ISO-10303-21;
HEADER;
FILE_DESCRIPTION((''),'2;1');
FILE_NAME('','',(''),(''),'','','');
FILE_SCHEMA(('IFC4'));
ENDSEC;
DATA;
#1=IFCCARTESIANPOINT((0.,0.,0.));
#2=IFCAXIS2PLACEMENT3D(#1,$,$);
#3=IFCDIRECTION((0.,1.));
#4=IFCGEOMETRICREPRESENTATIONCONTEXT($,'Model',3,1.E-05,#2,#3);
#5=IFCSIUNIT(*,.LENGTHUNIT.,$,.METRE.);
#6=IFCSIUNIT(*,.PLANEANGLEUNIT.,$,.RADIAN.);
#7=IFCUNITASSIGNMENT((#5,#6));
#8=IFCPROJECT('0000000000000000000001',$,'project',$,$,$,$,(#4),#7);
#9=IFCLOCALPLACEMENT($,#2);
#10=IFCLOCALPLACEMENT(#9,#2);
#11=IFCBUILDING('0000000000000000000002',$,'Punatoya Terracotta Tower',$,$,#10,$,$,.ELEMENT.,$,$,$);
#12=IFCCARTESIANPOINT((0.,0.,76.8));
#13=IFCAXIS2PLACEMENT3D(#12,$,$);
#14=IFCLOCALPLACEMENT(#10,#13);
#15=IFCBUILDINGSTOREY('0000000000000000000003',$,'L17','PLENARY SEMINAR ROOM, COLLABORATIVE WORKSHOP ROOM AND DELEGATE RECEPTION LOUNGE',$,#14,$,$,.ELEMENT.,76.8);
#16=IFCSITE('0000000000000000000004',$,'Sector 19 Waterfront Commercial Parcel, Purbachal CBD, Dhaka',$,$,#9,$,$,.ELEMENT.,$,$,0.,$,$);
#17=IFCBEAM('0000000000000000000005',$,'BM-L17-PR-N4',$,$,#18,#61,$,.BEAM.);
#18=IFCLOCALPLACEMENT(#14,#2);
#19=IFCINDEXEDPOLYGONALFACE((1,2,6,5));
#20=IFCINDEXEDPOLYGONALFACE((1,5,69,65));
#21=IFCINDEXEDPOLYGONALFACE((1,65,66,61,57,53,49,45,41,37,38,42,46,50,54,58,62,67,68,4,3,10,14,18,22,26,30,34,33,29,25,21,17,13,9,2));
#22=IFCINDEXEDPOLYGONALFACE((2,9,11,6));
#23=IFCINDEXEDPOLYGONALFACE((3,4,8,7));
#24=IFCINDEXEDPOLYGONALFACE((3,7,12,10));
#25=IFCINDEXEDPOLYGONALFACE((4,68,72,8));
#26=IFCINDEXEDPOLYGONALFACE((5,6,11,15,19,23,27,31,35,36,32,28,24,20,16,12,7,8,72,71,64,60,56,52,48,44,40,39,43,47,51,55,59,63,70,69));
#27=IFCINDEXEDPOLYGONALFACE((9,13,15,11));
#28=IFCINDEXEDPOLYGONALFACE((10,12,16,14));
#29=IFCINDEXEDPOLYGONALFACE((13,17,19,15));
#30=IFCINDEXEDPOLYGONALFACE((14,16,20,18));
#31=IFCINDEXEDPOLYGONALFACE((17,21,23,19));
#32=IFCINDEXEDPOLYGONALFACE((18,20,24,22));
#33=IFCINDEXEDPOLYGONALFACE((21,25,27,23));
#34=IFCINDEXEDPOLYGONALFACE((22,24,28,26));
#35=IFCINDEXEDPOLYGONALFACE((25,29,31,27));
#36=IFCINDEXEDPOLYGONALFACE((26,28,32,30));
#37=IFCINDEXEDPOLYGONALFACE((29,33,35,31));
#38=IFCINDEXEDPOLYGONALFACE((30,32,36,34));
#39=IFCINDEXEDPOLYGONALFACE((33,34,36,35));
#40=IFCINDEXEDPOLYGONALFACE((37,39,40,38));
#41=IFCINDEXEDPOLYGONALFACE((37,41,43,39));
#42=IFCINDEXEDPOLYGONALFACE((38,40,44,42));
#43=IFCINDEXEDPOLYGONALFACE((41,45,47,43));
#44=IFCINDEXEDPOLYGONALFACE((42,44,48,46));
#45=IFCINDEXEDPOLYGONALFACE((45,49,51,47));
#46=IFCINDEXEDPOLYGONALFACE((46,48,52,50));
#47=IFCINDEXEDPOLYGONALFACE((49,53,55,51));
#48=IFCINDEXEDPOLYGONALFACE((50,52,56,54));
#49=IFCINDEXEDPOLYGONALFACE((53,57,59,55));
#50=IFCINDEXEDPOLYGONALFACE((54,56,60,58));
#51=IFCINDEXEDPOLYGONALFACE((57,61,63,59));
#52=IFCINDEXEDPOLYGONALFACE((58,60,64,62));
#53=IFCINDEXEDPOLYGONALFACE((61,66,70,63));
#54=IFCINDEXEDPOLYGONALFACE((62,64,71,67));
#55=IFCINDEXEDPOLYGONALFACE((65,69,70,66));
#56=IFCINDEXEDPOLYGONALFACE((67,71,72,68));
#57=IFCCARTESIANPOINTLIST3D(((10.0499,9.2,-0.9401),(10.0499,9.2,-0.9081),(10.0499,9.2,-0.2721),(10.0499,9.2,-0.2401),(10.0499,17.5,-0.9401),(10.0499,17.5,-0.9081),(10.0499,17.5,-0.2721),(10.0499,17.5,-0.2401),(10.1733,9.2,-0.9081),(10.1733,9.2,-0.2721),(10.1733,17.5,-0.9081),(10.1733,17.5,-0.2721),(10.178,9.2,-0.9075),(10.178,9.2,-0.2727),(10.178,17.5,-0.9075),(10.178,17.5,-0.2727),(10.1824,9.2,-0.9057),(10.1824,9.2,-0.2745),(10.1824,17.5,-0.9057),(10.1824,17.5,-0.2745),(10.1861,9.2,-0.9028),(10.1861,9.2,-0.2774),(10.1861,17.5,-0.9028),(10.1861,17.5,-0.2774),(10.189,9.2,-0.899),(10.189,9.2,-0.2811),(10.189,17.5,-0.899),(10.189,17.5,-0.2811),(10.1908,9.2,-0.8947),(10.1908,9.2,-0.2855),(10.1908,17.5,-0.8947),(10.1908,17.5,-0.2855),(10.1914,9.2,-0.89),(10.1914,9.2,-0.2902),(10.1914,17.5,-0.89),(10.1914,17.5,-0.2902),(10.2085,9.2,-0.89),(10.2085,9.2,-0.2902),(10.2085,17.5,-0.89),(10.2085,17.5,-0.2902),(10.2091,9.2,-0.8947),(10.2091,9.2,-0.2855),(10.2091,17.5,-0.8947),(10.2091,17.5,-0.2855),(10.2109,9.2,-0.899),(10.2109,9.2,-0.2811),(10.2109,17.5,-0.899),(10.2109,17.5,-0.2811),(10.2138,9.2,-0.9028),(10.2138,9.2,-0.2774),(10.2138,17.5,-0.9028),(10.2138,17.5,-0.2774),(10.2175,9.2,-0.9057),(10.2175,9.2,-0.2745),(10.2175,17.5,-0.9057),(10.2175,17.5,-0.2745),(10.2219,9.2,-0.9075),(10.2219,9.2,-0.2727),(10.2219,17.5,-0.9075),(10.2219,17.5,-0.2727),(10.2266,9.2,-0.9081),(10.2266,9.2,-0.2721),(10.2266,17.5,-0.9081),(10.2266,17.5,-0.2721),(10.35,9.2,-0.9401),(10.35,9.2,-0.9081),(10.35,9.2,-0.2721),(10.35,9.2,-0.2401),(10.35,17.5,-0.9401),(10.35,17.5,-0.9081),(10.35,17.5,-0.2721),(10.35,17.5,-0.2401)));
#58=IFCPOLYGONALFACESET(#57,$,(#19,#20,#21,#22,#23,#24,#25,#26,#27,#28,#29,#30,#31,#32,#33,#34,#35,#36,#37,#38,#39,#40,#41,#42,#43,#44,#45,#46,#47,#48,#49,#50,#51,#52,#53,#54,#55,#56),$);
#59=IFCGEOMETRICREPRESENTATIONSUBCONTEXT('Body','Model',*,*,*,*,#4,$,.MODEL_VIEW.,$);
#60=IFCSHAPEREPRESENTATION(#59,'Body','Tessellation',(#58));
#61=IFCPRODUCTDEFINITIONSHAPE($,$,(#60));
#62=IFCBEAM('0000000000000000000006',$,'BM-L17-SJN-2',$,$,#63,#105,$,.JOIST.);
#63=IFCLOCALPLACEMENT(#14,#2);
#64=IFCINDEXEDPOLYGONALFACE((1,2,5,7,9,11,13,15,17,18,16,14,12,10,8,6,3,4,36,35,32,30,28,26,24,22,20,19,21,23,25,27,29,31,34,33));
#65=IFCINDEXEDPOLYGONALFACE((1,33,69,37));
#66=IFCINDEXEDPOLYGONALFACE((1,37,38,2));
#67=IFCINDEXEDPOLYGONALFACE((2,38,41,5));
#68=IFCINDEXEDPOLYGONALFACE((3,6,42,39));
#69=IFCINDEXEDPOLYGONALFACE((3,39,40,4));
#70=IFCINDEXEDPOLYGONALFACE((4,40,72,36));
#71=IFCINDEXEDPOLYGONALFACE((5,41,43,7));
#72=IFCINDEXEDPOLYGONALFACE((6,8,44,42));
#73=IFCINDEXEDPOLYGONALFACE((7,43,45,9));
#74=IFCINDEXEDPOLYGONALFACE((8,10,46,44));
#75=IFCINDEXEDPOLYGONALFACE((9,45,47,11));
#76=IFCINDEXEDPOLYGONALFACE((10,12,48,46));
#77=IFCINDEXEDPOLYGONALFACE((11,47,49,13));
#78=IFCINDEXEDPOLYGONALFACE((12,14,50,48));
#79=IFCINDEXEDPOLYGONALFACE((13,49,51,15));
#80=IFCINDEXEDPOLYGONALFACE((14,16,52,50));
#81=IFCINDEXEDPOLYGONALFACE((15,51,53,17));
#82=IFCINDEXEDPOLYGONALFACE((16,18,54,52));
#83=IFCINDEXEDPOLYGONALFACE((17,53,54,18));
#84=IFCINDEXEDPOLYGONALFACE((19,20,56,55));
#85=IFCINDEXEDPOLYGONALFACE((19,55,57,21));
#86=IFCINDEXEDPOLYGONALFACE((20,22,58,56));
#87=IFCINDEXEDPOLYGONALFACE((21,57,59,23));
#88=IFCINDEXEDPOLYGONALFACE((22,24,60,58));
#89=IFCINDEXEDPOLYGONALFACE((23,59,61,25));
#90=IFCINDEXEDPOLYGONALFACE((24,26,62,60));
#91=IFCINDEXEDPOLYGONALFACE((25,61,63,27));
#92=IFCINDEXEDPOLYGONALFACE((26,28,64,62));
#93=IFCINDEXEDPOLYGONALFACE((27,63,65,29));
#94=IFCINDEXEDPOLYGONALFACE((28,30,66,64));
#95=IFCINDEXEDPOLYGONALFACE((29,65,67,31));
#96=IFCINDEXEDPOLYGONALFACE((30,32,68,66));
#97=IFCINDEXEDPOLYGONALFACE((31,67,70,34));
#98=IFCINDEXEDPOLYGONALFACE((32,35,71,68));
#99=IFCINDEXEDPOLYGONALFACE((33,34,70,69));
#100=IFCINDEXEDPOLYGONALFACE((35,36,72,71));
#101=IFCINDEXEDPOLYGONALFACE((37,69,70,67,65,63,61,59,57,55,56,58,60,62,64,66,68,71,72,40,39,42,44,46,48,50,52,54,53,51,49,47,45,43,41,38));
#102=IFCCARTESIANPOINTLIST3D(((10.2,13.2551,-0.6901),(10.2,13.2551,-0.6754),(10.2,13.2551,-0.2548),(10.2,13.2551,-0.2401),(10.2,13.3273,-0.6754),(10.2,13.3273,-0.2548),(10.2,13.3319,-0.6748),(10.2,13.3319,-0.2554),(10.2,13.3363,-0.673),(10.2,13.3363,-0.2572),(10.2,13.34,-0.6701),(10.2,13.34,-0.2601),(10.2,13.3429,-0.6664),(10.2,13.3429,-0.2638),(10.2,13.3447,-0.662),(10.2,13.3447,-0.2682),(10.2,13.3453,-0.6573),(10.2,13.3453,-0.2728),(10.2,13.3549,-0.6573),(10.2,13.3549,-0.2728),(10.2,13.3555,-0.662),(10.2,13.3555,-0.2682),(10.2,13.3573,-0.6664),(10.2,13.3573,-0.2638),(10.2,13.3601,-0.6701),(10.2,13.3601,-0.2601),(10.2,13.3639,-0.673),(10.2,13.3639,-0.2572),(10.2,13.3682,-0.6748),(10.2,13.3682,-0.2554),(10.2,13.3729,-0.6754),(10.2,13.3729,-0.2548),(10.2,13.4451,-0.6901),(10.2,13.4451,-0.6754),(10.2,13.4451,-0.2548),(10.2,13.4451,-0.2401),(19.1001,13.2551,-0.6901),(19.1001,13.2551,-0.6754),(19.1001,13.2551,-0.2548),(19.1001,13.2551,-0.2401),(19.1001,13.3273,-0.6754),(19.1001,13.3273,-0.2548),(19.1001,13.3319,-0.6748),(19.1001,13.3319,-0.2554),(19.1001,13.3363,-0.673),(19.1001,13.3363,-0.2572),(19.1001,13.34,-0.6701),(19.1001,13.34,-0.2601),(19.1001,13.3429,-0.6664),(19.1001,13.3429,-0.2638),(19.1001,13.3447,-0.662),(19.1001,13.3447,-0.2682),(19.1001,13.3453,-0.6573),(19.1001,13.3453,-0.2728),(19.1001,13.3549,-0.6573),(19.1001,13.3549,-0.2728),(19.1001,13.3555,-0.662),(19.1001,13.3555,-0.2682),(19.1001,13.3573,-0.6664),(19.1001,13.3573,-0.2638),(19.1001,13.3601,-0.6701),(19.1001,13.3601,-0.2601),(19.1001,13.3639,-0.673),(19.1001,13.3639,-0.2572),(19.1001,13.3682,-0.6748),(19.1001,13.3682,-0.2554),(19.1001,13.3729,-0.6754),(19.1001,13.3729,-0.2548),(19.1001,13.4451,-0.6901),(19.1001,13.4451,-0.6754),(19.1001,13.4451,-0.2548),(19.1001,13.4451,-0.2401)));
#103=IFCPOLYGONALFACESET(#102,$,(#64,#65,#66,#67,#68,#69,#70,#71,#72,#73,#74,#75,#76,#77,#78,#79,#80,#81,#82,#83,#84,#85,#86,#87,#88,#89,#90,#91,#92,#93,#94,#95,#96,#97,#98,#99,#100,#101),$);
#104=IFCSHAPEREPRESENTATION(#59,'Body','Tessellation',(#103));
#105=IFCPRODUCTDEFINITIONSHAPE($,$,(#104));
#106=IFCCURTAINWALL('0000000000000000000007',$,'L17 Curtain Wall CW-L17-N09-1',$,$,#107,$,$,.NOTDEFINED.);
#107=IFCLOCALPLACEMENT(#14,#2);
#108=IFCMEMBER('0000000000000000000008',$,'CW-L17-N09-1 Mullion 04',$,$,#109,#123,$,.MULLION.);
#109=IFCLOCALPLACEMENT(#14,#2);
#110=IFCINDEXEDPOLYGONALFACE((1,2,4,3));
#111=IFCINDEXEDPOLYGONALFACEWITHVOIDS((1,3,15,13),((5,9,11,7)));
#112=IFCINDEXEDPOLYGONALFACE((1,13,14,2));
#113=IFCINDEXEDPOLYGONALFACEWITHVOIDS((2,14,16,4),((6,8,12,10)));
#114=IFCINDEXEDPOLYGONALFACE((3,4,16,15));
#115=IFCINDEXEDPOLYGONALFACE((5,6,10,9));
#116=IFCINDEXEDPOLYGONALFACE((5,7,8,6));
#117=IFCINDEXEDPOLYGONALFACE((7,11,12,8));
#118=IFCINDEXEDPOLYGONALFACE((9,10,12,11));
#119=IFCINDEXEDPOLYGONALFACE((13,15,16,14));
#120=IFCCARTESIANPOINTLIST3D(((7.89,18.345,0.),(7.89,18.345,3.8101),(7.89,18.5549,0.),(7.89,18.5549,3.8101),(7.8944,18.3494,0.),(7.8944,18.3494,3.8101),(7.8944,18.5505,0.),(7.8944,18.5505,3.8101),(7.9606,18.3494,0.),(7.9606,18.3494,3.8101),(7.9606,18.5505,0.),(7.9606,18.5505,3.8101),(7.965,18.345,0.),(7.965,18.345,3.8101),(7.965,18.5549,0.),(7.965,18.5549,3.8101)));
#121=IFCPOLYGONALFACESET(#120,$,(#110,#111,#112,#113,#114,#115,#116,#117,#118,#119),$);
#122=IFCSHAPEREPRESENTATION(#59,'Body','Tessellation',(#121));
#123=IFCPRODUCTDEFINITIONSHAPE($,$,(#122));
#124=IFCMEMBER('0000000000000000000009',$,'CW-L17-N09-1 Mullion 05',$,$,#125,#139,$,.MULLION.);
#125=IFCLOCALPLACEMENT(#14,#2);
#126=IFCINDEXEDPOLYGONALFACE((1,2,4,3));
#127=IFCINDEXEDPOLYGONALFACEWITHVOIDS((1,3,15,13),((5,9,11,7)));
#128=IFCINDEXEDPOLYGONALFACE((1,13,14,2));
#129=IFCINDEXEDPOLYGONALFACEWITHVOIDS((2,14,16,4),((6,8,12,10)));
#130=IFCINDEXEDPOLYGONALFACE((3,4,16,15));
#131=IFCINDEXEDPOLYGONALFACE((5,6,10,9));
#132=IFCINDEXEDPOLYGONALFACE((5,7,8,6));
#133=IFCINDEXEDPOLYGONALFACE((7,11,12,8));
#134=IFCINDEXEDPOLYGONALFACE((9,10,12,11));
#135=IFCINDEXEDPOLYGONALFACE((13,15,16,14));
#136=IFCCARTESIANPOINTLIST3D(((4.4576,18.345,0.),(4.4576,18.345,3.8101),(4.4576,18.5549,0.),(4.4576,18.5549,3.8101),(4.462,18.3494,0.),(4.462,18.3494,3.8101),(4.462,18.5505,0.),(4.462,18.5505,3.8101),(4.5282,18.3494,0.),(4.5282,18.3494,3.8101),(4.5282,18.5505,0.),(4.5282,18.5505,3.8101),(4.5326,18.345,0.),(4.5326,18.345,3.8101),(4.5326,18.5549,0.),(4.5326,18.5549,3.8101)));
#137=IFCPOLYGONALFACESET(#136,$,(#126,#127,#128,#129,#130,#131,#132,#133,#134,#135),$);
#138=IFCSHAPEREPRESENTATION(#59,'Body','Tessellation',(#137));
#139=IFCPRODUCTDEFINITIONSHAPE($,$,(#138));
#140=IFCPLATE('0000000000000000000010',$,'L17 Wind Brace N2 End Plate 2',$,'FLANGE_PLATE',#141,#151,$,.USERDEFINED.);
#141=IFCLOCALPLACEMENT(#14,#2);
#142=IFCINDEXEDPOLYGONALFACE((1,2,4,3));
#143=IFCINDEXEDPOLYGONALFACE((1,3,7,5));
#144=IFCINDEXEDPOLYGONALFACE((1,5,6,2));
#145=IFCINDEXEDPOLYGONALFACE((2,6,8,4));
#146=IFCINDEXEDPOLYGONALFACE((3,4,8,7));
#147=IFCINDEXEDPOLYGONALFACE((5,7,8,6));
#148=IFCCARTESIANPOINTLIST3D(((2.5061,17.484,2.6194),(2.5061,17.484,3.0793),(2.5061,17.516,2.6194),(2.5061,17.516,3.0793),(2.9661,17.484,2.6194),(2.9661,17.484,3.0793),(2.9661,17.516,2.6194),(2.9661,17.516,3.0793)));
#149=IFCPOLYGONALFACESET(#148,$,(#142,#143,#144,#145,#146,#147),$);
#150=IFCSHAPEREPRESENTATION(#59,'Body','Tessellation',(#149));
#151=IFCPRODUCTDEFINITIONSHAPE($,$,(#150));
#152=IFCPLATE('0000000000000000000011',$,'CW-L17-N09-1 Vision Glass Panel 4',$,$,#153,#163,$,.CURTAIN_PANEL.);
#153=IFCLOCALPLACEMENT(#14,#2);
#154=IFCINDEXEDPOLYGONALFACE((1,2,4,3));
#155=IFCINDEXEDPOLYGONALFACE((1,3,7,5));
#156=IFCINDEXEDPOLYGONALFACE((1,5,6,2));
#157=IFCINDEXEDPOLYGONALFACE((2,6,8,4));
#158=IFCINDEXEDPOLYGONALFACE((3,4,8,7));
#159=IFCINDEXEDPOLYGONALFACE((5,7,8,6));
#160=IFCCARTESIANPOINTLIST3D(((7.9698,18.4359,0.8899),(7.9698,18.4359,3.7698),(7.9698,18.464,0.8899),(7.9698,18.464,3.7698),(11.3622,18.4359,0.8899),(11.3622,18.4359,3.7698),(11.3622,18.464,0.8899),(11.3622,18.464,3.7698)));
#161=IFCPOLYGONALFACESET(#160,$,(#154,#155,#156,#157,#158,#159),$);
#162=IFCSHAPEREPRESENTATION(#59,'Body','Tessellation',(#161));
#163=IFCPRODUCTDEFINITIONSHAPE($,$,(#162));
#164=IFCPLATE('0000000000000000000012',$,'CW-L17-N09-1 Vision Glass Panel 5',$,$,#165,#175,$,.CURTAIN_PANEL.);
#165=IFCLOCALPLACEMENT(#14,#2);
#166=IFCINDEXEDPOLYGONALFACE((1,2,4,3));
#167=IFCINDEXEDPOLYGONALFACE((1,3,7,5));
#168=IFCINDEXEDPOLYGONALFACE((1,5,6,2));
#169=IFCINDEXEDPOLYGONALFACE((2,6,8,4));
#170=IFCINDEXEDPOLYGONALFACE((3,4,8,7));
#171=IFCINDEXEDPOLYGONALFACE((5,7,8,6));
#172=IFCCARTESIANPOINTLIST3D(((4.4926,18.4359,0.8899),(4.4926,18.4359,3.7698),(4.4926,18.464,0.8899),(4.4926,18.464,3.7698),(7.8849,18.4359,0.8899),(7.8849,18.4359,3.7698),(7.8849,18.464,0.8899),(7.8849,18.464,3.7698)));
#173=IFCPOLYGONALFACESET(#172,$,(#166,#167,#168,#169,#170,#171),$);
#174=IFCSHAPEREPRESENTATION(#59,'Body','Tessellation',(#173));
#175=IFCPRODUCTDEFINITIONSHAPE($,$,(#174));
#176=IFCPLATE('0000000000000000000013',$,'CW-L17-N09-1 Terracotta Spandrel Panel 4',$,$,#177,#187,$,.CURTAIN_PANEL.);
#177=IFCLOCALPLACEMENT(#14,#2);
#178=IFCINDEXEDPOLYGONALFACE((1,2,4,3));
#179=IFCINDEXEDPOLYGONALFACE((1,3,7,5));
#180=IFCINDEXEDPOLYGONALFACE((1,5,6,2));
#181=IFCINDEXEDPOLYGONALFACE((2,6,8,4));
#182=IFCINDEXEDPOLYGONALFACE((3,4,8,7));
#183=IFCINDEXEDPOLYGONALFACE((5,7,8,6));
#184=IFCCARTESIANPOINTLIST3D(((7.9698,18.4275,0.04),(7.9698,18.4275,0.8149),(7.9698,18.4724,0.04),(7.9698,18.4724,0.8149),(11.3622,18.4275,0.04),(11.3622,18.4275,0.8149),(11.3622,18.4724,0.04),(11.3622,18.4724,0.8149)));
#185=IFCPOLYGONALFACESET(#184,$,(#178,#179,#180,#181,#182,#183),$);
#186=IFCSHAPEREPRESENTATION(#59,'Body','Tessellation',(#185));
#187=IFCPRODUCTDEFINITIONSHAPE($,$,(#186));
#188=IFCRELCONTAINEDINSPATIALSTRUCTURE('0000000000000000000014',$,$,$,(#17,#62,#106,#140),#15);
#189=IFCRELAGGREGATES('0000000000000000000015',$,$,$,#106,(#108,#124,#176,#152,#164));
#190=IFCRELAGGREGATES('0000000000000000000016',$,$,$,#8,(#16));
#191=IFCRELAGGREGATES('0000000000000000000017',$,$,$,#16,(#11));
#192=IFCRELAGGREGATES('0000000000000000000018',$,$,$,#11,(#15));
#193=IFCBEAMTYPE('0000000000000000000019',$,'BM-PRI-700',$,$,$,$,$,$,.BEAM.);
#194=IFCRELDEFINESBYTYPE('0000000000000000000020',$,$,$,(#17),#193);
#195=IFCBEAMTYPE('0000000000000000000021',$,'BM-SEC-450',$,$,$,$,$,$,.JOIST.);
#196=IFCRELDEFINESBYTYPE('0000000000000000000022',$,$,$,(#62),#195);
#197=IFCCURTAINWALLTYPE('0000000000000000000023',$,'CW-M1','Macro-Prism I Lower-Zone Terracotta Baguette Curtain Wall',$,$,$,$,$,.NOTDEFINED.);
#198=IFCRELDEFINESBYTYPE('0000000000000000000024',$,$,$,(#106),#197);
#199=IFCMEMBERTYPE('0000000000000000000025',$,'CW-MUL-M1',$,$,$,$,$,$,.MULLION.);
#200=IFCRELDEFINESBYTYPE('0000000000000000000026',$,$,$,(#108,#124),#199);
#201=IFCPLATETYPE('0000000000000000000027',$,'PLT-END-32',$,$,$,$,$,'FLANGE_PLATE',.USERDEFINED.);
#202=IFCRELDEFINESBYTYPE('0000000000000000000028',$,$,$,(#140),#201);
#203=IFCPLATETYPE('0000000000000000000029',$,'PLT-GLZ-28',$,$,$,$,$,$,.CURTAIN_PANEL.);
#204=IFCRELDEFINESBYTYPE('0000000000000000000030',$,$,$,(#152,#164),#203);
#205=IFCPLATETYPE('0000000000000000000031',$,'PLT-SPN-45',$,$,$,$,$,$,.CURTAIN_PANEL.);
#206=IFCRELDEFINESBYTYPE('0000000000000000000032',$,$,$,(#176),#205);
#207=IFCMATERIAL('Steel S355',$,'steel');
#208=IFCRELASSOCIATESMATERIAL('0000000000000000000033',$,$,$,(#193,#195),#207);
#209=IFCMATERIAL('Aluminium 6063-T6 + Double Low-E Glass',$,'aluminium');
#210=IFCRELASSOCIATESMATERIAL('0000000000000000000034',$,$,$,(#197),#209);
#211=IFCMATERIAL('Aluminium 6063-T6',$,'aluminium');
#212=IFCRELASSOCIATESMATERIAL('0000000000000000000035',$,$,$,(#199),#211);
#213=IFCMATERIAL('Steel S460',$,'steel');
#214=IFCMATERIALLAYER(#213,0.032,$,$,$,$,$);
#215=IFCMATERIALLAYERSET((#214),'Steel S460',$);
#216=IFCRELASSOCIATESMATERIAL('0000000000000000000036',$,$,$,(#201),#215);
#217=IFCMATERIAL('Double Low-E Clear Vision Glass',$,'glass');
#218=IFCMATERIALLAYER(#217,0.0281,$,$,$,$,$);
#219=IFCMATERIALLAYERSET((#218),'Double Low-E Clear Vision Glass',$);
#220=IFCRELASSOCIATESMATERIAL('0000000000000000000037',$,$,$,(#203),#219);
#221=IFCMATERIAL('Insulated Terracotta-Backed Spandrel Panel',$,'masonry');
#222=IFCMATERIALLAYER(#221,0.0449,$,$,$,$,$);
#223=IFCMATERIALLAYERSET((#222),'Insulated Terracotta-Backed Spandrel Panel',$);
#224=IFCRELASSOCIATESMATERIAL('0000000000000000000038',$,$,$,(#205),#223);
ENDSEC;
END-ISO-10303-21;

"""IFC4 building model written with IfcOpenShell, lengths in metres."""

from ifc_helpers import new_model, si_unit, direction, frame, origin, origin_2d, place, context, subcontext, project, spatial, rectangle, hollow_rectangle, i_section, extrude, material, layer, layer_set, material_profile, profile_set, type_object, element, aggregate, save


model = new_model("IFC4")

# Units and contexts
model_context = context("Model", 3, precision=1e-05, world=origin(), true_north=direction((0.0, 1.0)))
body_context = subcontext(model_context, "Body", "Model", "MODEL_VIEW")
ifc_project = project(units=[si_unit("LENGTHUNIT", "METRE"), si_unit("PLANEANGLEUNIT", "RADIAN")], contexts=[model_context])

# Site, building, storey
site_placement = place(None, origin())
site = spatial("IfcSite", under=ifc_project, at=site_placement, Name="Sector 19 Waterfront Commercial Parcel, Purbachal CBD, Dhaka", CompositionType="ELEMENT", RefElevation=0.0)
building_placement = place(site_placement, origin())
building = spatial("IfcBuilding", under=site, at=building_placement, Name="Punatoya Terracotta Tower", CompositionType="ELEMENT")
storey_placement = place(building_placement, frame((0.0, 0.0, 76.8)))
storey = spatial("IfcBuildingStorey", under=building, at=storey_placement, Name="L17", Description="PLENARY SEMINAR ROOM, COLLABORATIVE WORKSHOP ROOM AND DELEGATE RECEPTION LOUNGE", CompositionType="ELEMENT", Elevation=76.8)

# Shared definitions
ifc_material_1 = material(Name="Steel S460", Category="steel")

# Beams
ifc_material_2 = material(Name="Steel S355", Category="steel")
ifc_material_profile_1 = material_profile(ifc_material_2, i_section(OverallWidth=0.3, OverallDepth=0.7, WebThickness=0.0171, FlangeThickness=0.032, FilletRadius=0.0181, at=origin_2d()))
ifc_profile_set_1 = profile_set([ifc_material_profile_1], Name="Steel S355")
beam_type_1 = type_object("IfcBeamType", Name="BM-PRI-700", PredefinedType="BEAM", material=ifc_profile_set_1)
for number, where, z_axis, x_axis, name in (
    (1, (10.2, 9.2, -0.5901), (0.0, 1.0, 0.0), (-1.0, 0.0, 0.0), "BM-L17-PR-N4"),
):
    element("IfcBeam", number, at=place(storey_placement, frame(where, z_axis=z_axis, x_axis=x_axis)), inside=storey, type_object=beam_type_1, Name=name, PredefinedType="BEAM", context=body_context, shape_type="SweptSolid", body=[
        extrude(i_section(OverallWidth=0.3, OverallDepth=0.7, WebThickness=0.0171, FlangeThickness=0.032, FilletRadius=0.0181, at=origin_2d()), origin(), (0.0, 0.0, 1.0), 8.3),
    ])
ifc_material_profile_2 = material_profile(ifc_material_2, i_section(OverallWidth=0.1899, OverallDepth=0.45, WebThickness=0.0095, FlangeThickness=0.0146, FilletRadius=0.0181, at=origin_2d()))
ifc_profile_set_2 = profile_set([ifc_material_profile_2], Name="Steel S355")
beam_type_2 = type_object("IfcBeamType", Name="BM-SEC-450", PredefinedType="JOIST", material=ifc_profile_set_2)
beam_1_placement = place(storey_placement, frame((10.2, 13.3501, -0.4651), z_axis=(1.0, 0.0, 0.0), x_axis=(0.0, 1.0, 0.0)))
element("IfcBeam", 2, at=beam_1_placement, inside=storey, type_object=beam_type_2, Name="BM-L17-SJN-2", PredefinedType="JOIST", context=body_context, shape_type="SweptSolid", body=[
    extrude(i_section(OverallWidth=0.1899, OverallDepth=0.45, WebThickness=0.0095, FlangeThickness=0.0146, FilletRadius=0.0181, at=origin_2d()), origin(), (0.0, 0.0, 1.0), 8.9001),
])

# Curtain wall, members
ifc_material_3 = material(Name="Aluminium 6063-T6 + Double Low-E Glass", Category="aluminium")
curtain_wall_type = type_object("IfcCurtainWallType", Name="CW-M1", Description="Macro-Prism I Lower-Zone Terracotta Baguette Curtain Wall", PredefinedType="NOTDEFINED", material=ifc_material_3)
curtain_wall_placement = place(storey_placement, origin())
curtain_wall = element("IfcCurtainWall", 3, at=curtain_wall_placement, inside=storey, type_object=curtain_wall_type, Name="L17 Curtain Wall CW-L17-N09-1", PredefinedType="NOTDEFINED")
ifc_material_4 = material(Name="Aluminium 6063-T6", Category="aluminium")
ifc_material_profile_3 = material_profile(ifc_material_4, hollow_rectangle(XDim=0.075, YDim=0.21, WallThickness=0.0044, at=origin_2d()))
ifc_profile_set_3 = profile_set([ifc_material_profile_3], Name="Aluminium 6063-T6")
member_type = type_object("IfcMemberType", Name="CW-MUL-M1", PredefinedType="MULLION", material=ifc_profile_set_3)
member_1_placement = place(storey_placement, frame((7.9275, 18.45, 0.0), z_axis=(0.0, 0.0, 1.0), x_axis=(1.0, 0.0, 0.0)))
member_1 = element("IfcMember", 4, at=member_1_placement, type_object=member_type, Name="CW-L17-N09-1 Mullion 04", PredefinedType="MULLION", context=body_context, shape_type="SweptSolid", body=[
    extrude(hollow_rectangle(XDim=0.075, YDim=0.21, WallThickness=0.0044, at=origin_2d()), origin(), (0.0, 0.0, 1.0), 3.8101),
])
member_2_placement = place(storey_placement, frame((4.4951, 18.45, 0.0), z_axis=(0.0, 0.0, 1.0), x_axis=(1.0, 0.0, 0.0)))
member_2 = element("IfcMember", 5, at=member_2_placement, type_object=member_type, Name="CW-L17-N09-1 Mullion 05", PredefinedType="MULLION", context=body_context, shape_type="SweptSolid", body=[
    extrude(hollow_rectangle(XDim=0.075, YDim=0.21, WallThickness=0.0044, at=origin_2d()), origin(), (0.0, 0.0, 1.0), 3.8101),
])

# Plates
ifc_layer_1 = layer(ifc_material_1, 0.032)
ifc_layer_set_1 = layer_set([ifc_layer_1], Name="Steel S460")
plate_type_1 = type_object("IfcPlateType", Name="PLT-END-32", ElementType="FLANGE_PLATE", PredefinedType="USERDEFINED", material=ifc_layer_set_1)
plate_1_placement = place(storey_placement, frame((2.7361, 17.5, 2.6194), z_axis=(0.0, 0.0, 1.0), x_axis=(1.0, 0.0, 0.0)))
element("IfcPlate", 6, at=plate_1_placement, inside=storey, type_object=plate_type_1, Name="L17 Wind Brace N2 End Plate 2", ObjectType="FLANGE_PLATE", PredefinedType="USERDEFINED", context=body_context, shape_type="SweptSolid", body=[
    extrude(rectangle(XDim=0.46, YDim=0.032, at=origin_2d()), origin(), (0.0, 0.0, 1.0), 0.46),
])
ifc_material_5 = material(Name="Double Low-E Clear Vision Glass", Category="glass")
ifc_layer_2 = layer(ifc_material_5, 0.0281)
ifc_layer_set_2 = layer_set([ifc_layer_2], Name="Double Low-E Clear Vision Glass")
plate_type_2 = type_object("IfcPlateType", Name="PLT-GLZ-28", PredefinedType="CURTAIN_PANEL", material=ifc_layer_set_2)
plate_2_placement = place(storey_placement, frame((9.666, 18.45, 0.8899), z_axis=(0.0, 0.0, 1.0), x_axis=(-1.0, 0.0, 0.0)))
plate_2 = element("IfcPlate", 7, at=plate_2_placement, type_object=plate_type_2, Name="CW-L17-N09-1 Vision Glass Panel 4", PredefinedType="CURTAIN_PANEL", context=body_context, shape_type="SweptSolid", body=[
    extrude(rectangle(XDim=3.3923, YDim=0.0281, at=origin_2d()), origin(), (0.0, 0.0, 1.0), 2.8799),
])
plate_3_placement = place(storey_placement, frame((6.1887, 18.45, 0.8899), z_axis=(0.0, 0.0, 1.0), x_axis=(-1.0, 0.0, 0.0)))
plate_3 = element("IfcPlate", 8, at=plate_3_placement, type_object=plate_type_2, Name="CW-L17-N09-1 Vision Glass Panel 5", PredefinedType="CURTAIN_PANEL", context=body_context, shape_type="SweptSolid", body=[
    extrude(rectangle(XDim=3.3923, YDim=0.0281, at=origin_2d()), origin(), (0.0, 0.0, 1.0), 2.8799),
])
ifc_material_6 = material(Name="Insulated Terracotta-Backed Spandrel Panel", Category="masonry")
ifc_layer_3 = layer(ifc_material_6, 0.0449)
ifc_layer_set_3 = layer_set([ifc_layer_3], Name="Insulated Terracotta-Backed Spandrel Panel")
plate_type_3 = type_object("IfcPlateType", Name="PLT-SPN-45", PredefinedType="CURTAIN_PANEL", material=ifc_layer_set_3)
plate_4_placement = place(storey_placement, frame((9.666, 18.45, 0.04), z_axis=(0.0, 0.0, 1.0), x_axis=(-1.0, 0.0, 0.0)))
plate_4 = element("IfcPlate", 9, at=plate_4_placement, type_object=plate_type_3, Name="CW-L17-N09-1 Terracotta Spandrel Panel 4", PredefinedType="CURTAIN_PANEL", context=body_context, shape_type="SweptSolid", body=[
    extrude(rectangle(XDim=3.3923, YDim=0.0449, at=origin_2d()), origin(), (0.0, 0.0, 1.0), 0.7749),
])
aggregate(curtain_wall, [member_1, member_2, plate_4, plate_2, plate_3])

save(model, "model.ifc")
